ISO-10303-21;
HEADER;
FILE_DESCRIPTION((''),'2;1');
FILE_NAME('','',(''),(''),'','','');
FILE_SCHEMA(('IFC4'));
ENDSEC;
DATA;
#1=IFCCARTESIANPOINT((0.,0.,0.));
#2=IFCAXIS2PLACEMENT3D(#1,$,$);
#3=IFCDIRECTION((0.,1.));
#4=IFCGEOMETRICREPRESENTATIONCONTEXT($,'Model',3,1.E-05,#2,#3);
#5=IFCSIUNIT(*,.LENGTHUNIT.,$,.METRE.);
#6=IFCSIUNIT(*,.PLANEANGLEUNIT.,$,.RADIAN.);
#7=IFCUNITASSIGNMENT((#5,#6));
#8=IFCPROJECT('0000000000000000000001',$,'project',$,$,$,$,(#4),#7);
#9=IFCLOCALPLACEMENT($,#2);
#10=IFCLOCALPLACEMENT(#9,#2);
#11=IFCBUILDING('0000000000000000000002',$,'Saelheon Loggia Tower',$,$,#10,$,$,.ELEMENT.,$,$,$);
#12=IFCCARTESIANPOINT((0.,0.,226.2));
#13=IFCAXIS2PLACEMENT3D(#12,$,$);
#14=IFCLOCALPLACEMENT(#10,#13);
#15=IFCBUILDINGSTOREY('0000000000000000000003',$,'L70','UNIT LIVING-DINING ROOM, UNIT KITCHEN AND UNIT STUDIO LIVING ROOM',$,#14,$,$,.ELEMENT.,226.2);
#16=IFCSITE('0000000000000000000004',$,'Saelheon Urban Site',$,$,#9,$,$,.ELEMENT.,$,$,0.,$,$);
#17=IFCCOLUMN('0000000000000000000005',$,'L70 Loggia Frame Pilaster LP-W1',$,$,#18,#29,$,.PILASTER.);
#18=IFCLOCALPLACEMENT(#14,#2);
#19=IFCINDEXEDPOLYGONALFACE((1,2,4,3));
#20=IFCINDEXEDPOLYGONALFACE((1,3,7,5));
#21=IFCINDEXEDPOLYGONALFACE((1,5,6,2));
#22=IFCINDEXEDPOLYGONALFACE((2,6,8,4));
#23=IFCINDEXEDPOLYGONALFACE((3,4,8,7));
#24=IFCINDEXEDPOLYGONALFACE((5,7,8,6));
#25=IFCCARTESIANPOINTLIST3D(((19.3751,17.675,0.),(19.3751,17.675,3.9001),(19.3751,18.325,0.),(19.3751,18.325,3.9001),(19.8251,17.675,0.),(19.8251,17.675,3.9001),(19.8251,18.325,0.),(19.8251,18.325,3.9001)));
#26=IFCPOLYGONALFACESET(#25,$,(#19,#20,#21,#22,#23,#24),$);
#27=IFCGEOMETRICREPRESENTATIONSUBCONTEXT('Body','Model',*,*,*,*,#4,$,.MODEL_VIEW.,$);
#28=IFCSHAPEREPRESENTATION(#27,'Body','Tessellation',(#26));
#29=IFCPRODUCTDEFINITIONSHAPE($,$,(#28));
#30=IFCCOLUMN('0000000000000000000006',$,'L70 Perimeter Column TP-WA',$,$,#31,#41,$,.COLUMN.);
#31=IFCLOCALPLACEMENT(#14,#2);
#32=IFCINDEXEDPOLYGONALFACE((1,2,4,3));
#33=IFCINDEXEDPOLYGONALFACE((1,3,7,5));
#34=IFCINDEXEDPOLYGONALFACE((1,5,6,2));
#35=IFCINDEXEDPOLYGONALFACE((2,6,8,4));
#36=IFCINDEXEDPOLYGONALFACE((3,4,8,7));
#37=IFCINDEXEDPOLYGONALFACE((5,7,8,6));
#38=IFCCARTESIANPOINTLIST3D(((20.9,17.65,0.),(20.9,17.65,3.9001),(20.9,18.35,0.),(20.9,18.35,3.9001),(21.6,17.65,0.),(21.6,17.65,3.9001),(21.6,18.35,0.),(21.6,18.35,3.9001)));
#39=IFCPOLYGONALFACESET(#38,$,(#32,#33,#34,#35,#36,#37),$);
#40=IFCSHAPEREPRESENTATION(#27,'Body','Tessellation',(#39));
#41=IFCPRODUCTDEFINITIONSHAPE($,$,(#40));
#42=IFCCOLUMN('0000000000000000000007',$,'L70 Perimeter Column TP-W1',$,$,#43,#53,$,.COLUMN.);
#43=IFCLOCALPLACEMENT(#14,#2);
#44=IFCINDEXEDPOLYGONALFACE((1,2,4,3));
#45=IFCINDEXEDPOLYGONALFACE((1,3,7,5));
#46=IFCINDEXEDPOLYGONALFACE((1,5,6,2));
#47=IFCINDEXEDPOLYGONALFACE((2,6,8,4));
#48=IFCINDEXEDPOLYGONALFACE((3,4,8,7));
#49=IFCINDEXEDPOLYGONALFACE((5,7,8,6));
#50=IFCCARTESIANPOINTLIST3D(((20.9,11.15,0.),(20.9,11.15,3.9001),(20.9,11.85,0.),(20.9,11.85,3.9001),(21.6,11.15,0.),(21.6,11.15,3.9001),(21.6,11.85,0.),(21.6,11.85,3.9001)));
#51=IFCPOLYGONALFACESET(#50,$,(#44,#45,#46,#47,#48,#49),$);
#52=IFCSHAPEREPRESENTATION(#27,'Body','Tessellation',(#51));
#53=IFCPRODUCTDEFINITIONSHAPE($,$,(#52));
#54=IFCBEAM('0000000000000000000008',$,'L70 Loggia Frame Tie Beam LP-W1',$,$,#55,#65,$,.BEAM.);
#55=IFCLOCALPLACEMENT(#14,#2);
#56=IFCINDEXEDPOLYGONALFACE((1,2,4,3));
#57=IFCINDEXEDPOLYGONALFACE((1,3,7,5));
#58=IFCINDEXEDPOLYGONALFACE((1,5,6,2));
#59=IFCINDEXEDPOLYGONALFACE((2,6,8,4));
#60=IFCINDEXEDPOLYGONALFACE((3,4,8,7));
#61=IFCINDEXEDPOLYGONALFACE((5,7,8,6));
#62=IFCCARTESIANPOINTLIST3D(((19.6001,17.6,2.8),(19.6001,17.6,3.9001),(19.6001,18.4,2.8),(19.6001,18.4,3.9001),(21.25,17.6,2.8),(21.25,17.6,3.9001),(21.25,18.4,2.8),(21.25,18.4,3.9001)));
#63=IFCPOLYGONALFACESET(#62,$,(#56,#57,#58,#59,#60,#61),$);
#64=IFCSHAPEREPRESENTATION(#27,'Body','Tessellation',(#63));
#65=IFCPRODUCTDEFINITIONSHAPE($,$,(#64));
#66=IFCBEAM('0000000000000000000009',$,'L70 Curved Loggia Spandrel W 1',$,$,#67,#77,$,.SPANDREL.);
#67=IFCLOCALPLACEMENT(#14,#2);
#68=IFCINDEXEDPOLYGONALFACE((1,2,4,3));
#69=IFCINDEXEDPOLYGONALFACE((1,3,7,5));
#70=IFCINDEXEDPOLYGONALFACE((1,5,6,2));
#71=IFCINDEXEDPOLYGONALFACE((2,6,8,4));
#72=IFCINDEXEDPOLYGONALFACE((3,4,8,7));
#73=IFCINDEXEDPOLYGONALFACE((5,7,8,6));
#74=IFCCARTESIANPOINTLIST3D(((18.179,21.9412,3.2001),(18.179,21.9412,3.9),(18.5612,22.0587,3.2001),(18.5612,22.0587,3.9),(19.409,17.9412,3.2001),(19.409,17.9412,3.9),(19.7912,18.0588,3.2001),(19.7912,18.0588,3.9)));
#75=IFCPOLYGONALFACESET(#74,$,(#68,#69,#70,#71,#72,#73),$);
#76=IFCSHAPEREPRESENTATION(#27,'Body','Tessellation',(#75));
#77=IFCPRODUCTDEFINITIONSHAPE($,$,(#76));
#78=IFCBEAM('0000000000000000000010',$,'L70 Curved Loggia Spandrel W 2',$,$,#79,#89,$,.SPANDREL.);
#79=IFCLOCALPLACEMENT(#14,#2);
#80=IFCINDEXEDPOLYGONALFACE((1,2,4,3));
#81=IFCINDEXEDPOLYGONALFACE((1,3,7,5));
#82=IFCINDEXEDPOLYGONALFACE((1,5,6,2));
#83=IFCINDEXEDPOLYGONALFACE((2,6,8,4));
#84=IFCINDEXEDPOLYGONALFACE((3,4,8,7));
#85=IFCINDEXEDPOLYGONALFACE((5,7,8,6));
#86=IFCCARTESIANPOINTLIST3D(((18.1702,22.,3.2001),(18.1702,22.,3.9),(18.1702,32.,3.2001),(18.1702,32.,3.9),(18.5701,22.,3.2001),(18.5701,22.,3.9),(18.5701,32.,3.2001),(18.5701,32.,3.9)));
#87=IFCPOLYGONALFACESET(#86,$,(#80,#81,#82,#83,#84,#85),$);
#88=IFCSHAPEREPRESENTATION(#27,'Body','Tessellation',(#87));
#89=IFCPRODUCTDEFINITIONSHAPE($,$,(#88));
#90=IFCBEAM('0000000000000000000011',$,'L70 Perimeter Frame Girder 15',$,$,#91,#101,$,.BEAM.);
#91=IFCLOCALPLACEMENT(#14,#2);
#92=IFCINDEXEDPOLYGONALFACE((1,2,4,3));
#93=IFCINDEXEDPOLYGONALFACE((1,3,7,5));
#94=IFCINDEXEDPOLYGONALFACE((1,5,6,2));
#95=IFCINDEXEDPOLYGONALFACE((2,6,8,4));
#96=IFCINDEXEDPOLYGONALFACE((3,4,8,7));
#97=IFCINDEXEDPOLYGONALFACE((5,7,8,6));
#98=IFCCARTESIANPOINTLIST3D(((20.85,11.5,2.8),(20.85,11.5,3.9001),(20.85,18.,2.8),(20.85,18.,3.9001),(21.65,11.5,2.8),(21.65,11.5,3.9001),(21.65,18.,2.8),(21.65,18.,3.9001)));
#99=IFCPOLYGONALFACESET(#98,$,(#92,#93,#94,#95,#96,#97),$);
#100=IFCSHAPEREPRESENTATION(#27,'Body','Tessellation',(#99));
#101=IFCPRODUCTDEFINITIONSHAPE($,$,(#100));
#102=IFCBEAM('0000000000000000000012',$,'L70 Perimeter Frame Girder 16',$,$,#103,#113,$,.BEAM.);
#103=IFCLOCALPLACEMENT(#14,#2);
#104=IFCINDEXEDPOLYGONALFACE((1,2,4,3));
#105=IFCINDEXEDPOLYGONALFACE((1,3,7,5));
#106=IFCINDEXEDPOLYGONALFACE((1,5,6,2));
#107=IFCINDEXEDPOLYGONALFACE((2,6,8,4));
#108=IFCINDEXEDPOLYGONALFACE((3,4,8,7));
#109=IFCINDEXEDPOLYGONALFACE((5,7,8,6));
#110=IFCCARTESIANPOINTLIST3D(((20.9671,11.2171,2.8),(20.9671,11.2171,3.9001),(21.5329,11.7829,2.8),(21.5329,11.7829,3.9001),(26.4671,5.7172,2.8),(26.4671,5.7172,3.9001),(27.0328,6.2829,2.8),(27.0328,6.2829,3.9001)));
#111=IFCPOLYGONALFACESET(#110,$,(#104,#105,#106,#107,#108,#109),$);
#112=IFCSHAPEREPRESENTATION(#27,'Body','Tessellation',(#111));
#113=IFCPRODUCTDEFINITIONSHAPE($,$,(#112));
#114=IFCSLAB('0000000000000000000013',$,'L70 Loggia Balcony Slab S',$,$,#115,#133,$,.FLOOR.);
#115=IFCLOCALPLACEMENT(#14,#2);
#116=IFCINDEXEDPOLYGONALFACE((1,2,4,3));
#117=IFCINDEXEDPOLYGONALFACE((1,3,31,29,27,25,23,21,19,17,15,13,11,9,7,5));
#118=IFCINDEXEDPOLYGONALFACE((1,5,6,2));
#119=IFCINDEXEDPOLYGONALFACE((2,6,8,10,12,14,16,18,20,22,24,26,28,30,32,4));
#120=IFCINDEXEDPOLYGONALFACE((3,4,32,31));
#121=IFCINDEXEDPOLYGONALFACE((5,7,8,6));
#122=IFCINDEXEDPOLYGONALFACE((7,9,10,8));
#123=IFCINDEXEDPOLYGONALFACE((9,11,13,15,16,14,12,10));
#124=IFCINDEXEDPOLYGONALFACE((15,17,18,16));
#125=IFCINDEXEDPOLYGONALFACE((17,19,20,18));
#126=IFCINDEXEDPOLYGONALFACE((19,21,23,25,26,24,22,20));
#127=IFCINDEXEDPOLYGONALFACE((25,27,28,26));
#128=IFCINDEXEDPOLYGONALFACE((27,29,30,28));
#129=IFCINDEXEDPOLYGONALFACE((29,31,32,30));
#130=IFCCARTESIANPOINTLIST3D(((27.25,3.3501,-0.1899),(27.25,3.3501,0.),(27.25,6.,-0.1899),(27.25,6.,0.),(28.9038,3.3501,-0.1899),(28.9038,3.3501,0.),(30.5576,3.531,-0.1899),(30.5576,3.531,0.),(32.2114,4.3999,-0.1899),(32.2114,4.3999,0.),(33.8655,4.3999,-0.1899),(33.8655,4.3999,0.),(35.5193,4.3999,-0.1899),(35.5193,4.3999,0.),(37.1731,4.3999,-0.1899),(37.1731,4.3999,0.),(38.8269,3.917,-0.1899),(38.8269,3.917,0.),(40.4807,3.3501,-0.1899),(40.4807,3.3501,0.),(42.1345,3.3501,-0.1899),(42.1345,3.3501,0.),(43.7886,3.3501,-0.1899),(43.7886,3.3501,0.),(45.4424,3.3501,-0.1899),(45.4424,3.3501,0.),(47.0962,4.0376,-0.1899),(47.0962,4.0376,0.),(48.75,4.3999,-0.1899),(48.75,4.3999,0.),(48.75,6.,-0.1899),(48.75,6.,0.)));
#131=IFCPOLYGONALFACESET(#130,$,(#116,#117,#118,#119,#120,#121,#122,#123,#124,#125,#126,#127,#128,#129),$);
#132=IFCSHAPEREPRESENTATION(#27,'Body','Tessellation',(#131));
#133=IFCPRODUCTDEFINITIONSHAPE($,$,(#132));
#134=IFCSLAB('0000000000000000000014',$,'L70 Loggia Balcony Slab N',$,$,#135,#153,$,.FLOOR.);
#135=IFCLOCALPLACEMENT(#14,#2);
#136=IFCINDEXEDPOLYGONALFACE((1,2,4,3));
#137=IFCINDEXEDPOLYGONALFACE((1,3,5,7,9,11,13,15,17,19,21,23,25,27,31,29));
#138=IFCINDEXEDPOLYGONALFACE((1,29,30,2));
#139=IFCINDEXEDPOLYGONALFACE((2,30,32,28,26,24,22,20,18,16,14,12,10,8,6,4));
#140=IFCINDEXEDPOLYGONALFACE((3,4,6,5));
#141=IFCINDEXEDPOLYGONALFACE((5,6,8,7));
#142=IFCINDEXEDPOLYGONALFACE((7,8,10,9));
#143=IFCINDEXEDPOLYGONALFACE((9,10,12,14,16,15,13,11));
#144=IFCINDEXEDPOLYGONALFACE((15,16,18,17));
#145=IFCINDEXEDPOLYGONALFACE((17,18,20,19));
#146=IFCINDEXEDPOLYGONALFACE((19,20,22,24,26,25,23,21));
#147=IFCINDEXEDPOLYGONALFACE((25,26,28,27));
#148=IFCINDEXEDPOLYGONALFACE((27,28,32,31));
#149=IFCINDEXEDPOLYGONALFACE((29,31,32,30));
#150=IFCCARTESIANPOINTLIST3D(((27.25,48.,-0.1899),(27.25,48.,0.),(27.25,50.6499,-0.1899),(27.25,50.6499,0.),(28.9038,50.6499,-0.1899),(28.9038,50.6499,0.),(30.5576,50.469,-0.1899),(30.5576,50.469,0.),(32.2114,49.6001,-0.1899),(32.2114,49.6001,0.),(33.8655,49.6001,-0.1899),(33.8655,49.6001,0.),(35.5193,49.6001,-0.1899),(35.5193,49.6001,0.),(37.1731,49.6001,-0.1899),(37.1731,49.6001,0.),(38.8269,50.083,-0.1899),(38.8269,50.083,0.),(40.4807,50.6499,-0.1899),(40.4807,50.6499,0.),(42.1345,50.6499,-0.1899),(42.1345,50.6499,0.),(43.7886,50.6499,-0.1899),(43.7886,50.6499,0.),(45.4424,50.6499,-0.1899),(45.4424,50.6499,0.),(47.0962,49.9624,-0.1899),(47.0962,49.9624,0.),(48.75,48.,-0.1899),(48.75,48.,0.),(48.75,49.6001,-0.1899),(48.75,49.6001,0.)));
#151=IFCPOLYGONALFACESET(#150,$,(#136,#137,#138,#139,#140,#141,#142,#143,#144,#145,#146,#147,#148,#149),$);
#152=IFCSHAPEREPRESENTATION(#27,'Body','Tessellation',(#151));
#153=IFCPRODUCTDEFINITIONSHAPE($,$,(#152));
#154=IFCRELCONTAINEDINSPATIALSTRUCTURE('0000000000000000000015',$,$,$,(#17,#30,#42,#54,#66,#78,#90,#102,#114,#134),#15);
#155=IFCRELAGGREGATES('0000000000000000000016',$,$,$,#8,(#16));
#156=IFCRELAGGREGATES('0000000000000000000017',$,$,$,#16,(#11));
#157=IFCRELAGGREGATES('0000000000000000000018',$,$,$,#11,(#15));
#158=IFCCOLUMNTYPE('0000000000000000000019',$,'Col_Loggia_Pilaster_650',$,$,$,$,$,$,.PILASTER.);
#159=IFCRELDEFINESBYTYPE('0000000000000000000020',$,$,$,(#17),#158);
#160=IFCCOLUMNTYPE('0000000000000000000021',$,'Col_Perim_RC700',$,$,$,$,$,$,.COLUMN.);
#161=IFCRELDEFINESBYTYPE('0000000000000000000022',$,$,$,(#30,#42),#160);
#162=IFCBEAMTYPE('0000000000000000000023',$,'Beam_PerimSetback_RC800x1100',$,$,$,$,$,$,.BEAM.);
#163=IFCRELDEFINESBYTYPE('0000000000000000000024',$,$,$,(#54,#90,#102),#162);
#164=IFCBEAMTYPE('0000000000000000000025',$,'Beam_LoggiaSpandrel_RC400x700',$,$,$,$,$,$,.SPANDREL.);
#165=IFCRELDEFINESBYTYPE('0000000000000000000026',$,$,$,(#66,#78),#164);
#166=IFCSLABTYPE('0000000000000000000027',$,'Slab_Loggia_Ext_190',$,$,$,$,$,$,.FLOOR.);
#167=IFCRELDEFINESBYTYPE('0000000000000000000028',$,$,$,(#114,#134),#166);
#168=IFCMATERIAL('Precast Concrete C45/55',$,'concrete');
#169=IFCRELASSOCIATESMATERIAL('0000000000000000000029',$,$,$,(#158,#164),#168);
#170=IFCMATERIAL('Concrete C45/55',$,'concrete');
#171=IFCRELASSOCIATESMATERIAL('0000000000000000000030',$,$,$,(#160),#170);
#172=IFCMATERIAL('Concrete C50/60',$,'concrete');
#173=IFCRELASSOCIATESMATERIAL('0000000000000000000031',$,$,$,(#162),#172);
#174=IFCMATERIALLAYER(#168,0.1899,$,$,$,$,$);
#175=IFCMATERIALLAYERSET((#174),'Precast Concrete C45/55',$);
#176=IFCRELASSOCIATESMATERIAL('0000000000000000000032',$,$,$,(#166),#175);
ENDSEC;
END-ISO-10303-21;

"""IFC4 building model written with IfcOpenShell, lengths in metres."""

from ifc_helpers import new_model, si_unit, direction, frame, origin, origin_2d, place, context, subcontext, project, spatial, polyline, rectangle, outline, extrude, source, transform, mapped, material, layer, layer_set, material_profile, profile_set, type_object, element, save


model = new_model("IFC4")

# Units and contexts
model_context = context("Model", 3, precision=1e-05, world=origin(), true_north=direction((0.0, 1.0)))
body_context = subcontext(model_context, "Body", "Model", "MODEL_VIEW")
ifc_project = project(units=[si_unit("LENGTHUNIT", "METRE"), si_unit("PLANEANGLEUNIT", "RADIAN")], contexts=[model_context])

# Site, building, storey
site_placement = place(None, origin())
site = spatial("IfcSite", under=ifc_project, at=site_placement, Name="Saelheon Urban Site", CompositionType="ELEMENT", RefElevation=0.0)
building_placement = place(site_placement, origin())
building = spatial("IfcBuilding", under=site, at=building_placement, Name="Saelheon Loggia Tower", CompositionType="ELEMENT")
storey_placement = place(building_placement, frame((0.0, 0.0, 226.2)))
storey = spatial("IfcBuildingStorey", under=building, at=storey_placement, Name="L70", Description="UNIT LIVING-DINING ROOM, UNIT KITCHEN AND UNIT STUDIO LIVING ROOM", CompositionType="ELEMENT", Elevation=226.2)

# Columns
ifc_material_1 = material(Name="Precast Concrete C45/55", Category="concrete")
ifc_material_profile_1 = material_profile(ifc_material_1, rectangle(XDim=0.45, YDim=0.6499, at=origin_2d()), Name="RC-450x650")
ifc_profile_set_1 = profile_set([ifc_material_profile_1], Name="Precast Concrete C45/55")
column_type_1 = type_object("IfcColumnType", Name="Col_Loggia_Pilaster_650", PredefinedType="PILASTER", material=ifc_profile_set_1)
shared_shape_1 = source(origin(), body_context, "Body", "SweptSolid", [
    extrude(rectangle(XDim=0.45, YDim=0.6499, at=origin_2d()), origin(), (0.0, 0.0, 1.0), 3.9001),
])
column_placement = place(storey_placement, frame((19.6001, 18.0, 0.0), z_axis=(0.0, 0.0, 1.0), x_axis=(1.0, 0.0, 0.0)))
element("IfcColumn", 1, at=column_placement, inside=storey, type_object=column_type_1, Name="L70 Loggia Frame Pilaster LP-W1", PredefinedType="PILASTER", context=body_context, shape_type="MappedRepresentation", body=[
    mapped(shared_shape_1, transform((0.0, 0.0, 0.0), scale=1.0)),
])
ifc_material_2 = material(Name="Concrete C45/55", Category="concrete")
ifc_material_profile_2 = material_profile(ifc_material_2, rectangle(XDim=0.7, YDim=0.7, at=origin_2d()), Name="RC-700x700")
ifc_profile_set_2 = profile_set([ifc_material_profile_2], Name="Concrete C45/55")
column_type_2 = type_object("IfcColumnType", Name="Col_Perim_RC700", PredefinedType="COLUMN", material=ifc_profile_set_2)
shared_shape_2 = source(origin(), body_context, "Body", "SweptSolid", [
    extrude(rectangle(XDim=0.7, YDim=0.7, at=origin_2d()), origin(), (0.0, 0.0, 1.0), 3.9001),
])
for number, where, z_axis, x_axis, name in (
    (2, (21.25, 18.0, 0.0), (0.0, 0.0, 1.0), (1.0, 0.0, 0.0), "L70 Perimeter Column TP-WA"),
    (3, (21.25, 11.5, 0.0), (0.0, 0.0, 1.0), (1.0, 0.0, 0.0), "L70 Perimeter Column TP-W1"),
):
    element("IfcColumn", number, at=place(storey_placement, frame(where, z_axis=z_axis, x_axis=x_axis)), inside=storey, type_object=column_type_2, Name=name, PredefinedType="COLUMN", context=body_context, shape_type="MappedRepresentation", body=[
        mapped(shared_shape_2, transform((0.0, 0.0, 0.0), scale=1.0)),
    ])

# Beams
ifc_material_3 = material(Name="Concrete C50/60", Category="concrete")
ifc_material_profile_3 = material_profile(ifc_material_3, rectangle(XDim=0.8, YDim=1.1001, at=origin_2d()), Name="RC-800x1100")
ifc_profile_set_3 = profile_set([ifc_material_profile_3], Name="Concrete C50/60")
beam_type_1 = type_object("IfcBeamType", Name="Beam_PerimSetback_RC800x1100", PredefinedType="BEAM", material=ifc_profile_set_3)
shared_shape_3 = source(origin(), body_context, "Body", "SweptSolid", [
    extrude(rectangle(XDim=0.8, YDim=1.1001, at=origin_2d()), origin(), (0.0, 0.0, 1.0), 1.6499),
])
beam_1_placement = place(storey_placement, frame((21.25, 18.0, 3.3501), z_axis=(-1.0, 0.0, 0.0), x_axis=(0.0, -1.0, 0.0)))
element("IfcBeam", 4, at=beam_1_placement, inside=storey, type_object=beam_type_1, Name="L70 Loggia Frame Tie Beam LP-W1", PredefinedType="BEAM", context=body_context, shape_type="MappedRepresentation", body=[
    mapped(shared_shape_3, transform((0.0, 0.0, 0.0), scale=1.0)),
])
ifc_material_profile_4 = material_profile(ifc_material_1, rectangle(XDim=0.3999, YDim=0.7, at=origin_2d()), Name="RC-400x700")
ifc_profile_set_4 = profile_set([ifc_material_profile_4], Name="Precast Concrete C45/55")
beam_type_2 = type_object("IfcBeamType", Name="Beam_LoggiaSpandrel_RC400x700", PredefinedType="SPANDREL", material=ifc_profile_set_4)
shared_shape_4 = source(origin(), body_context, "Body", "SweptSolid", [
    extrude(rectangle(XDim=0.3999, YDim=0.7, at=origin_2d()), origin(), (0.0, 0.0, 1.0), 4.1848),
])
beam_2_placement = place(storey_placement, frame((19.6001, 18.0, 3.55), z_axis=(-0.293914, 0.955832, 0.0), x_axis=(-0.955832, -0.293914, 0.0)))
element("IfcBeam", 5, at=beam_2_placement, inside=storey, type_object=beam_type_2, Name="L70 Curved Loggia Spandrel W 1", PredefinedType="SPANDREL", context=body_context, shape_type="MappedRepresentation", body=[
    mapped(shared_shape_4, transform((0.0, 0.0, 0.0), scale=1.0)),
])
shared_shape_5 = source(origin(), body_context, "Body", "SweptSolid", [
    extrude(rectangle(XDim=0.3999, YDim=0.7, at=origin_2d()), origin(), (0.0, 0.0, 1.0), 10.0),
])
beam_3_placement = place(storey_placement, frame((18.3701, 22.0, 3.55), z_axis=(0.0, 1.0, 0.0), x_axis=(-1.0, 0.0, 0.0)))
element("IfcBeam", 6, at=beam_3_placement, inside=storey, type_object=beam_type_2, Name="L70 Curved Loggia Spandrel W 2", PredefinedType="SPANDREL", context=body_context, shape_type="MappedRepresentation", body=[
    mapped(shared_shape_5, transform((0.0, 0.0, 0.0), scale=1.0)),
])
shared_shape_6 = source(origin(), body_context, "Body", "SweptSolid", [
    extrude(rectangle(XDim=0.8, YDim=1.1001, at=origin_2d()), origin(), (0.0, 0.0, 1.0), 6.5),
])
beam_4_placement = place(storey_placement, frame((21.25, 18.0, 3.3501), z_axis=(0.0, -1.0, 0.0), x_axis=(1.0, 0.0, 0.0)))
element("IfcBeam", 7, at=beam_4_placement, inside=storey, type_object=beam_type_1, Name="L70 Perimeter Frame Girder 15", PredefinedType="BEAM", context=body_context, shape_type="MappedRepresentation", body=[
    mapped(shared_shape_6, transform((0.0, 0.0, 0.0), scale=1.0)),
])
shared_shape_7 = source(origin(), body_context, "Body", "SweptSolid", [
    extrude(rectangle(XDim=0.8, YDim=1.1001, at=origin_2d()), origin(), (0.0, 0.0, 1.0), 7.7781),
])
beam_5_placement = place(storey_placement, frame((21.25, 11.5, 3.3501), z_axis=(0.707107, -0.707107, 0.0), x_axis=(0.707107, 0.707107, 0.0)))
element("IfcBeam", 8, at=beam_5_placement, inside=storey, type_object=beam_type_1, Name="L70 Perimeter Frame Girder 16", PredefinedType="BEAM", context=body_context, shape_type="MappedRepresentation", body=[
    mapped(shared_shape_7, transform((0.0, 0.0, 0.0), scale=1.0)),
])

# Slabs
ifc_layer_1 = layer(ifc_material_1, 0.1899)
ifc_layer_set_1 = layer_set([ifc_layer_1], Name="Precast Concrete C45/55")
slab_type_1 = type_object("IfcSlabType", Name="Slab_Loggia_Ext_190", PredefinedType="FLOOR", material=ifc_layer_set_1)
slab_1_placement = place(storey_placement, frame((0.0, 0.0, -0.1899)))
element("IfcSlab", 9, at=slab_1_placement, inside=storey, type_object=slab_type_1, Name="L70 Loggia Balcony Slab S", PredefinedType="FLOOR", context=body_context, shape_type="SweptSolid", body=[
    extrude(outline(polyline([(27.25, 3.3501), (28.9038, 3.3501), (30.5576, 3.531), (32.2114, 4.3999), (33.8655, 4.3999), (35.5193, 4.3999), (37.1731, 4.3999), (38.8269, 3.917), (40.4807, 3.3501), (42.1345, 3.3501), (43.7886, 3.3501), (45.4424, 3.3501), (47.0962, 4.0376), (48.75, 4.3999), (48.75, 6.0), (27.25, 6.0), (27.25, 3.3501)])), origin(), (0.0, 0.0, 1.0), 0.1899),
])
slab_2_placement = place(storey_placement, frame((0.0, 0.0, -0.1899)))
element("IfcSlab", 10, at=slab_2_placement, inside=storey, type_object=slab_type_1, Name="L70 Loggia Balcony Slab N", PredefinedType="FLOOR", context=body_context, shape_type="SweptSolid", body=[
    extrude(outline(polyline([(27.25, 48.0), (48.75, 48.0), (48.75, 49.6001), (47.0962, 49.9624), (45.4424, 50.6499), (43.7886, 50.6499), (42.1345, 50.6499), (40.4807, 50.6499), (38.8269, 50.083), (37.1731, 49.6001), (35.5193, 49.6001), (33.8655, 49.6001), (32.2114, 49.6001), (30.5576, 50.469), (28.9038, 50.6499), (27.25, 50.6499), (27.25, 48.0)])), origin(), (0.0, 0.0, 1.0), 0.1899),
])

save(model, "model.ifc")
